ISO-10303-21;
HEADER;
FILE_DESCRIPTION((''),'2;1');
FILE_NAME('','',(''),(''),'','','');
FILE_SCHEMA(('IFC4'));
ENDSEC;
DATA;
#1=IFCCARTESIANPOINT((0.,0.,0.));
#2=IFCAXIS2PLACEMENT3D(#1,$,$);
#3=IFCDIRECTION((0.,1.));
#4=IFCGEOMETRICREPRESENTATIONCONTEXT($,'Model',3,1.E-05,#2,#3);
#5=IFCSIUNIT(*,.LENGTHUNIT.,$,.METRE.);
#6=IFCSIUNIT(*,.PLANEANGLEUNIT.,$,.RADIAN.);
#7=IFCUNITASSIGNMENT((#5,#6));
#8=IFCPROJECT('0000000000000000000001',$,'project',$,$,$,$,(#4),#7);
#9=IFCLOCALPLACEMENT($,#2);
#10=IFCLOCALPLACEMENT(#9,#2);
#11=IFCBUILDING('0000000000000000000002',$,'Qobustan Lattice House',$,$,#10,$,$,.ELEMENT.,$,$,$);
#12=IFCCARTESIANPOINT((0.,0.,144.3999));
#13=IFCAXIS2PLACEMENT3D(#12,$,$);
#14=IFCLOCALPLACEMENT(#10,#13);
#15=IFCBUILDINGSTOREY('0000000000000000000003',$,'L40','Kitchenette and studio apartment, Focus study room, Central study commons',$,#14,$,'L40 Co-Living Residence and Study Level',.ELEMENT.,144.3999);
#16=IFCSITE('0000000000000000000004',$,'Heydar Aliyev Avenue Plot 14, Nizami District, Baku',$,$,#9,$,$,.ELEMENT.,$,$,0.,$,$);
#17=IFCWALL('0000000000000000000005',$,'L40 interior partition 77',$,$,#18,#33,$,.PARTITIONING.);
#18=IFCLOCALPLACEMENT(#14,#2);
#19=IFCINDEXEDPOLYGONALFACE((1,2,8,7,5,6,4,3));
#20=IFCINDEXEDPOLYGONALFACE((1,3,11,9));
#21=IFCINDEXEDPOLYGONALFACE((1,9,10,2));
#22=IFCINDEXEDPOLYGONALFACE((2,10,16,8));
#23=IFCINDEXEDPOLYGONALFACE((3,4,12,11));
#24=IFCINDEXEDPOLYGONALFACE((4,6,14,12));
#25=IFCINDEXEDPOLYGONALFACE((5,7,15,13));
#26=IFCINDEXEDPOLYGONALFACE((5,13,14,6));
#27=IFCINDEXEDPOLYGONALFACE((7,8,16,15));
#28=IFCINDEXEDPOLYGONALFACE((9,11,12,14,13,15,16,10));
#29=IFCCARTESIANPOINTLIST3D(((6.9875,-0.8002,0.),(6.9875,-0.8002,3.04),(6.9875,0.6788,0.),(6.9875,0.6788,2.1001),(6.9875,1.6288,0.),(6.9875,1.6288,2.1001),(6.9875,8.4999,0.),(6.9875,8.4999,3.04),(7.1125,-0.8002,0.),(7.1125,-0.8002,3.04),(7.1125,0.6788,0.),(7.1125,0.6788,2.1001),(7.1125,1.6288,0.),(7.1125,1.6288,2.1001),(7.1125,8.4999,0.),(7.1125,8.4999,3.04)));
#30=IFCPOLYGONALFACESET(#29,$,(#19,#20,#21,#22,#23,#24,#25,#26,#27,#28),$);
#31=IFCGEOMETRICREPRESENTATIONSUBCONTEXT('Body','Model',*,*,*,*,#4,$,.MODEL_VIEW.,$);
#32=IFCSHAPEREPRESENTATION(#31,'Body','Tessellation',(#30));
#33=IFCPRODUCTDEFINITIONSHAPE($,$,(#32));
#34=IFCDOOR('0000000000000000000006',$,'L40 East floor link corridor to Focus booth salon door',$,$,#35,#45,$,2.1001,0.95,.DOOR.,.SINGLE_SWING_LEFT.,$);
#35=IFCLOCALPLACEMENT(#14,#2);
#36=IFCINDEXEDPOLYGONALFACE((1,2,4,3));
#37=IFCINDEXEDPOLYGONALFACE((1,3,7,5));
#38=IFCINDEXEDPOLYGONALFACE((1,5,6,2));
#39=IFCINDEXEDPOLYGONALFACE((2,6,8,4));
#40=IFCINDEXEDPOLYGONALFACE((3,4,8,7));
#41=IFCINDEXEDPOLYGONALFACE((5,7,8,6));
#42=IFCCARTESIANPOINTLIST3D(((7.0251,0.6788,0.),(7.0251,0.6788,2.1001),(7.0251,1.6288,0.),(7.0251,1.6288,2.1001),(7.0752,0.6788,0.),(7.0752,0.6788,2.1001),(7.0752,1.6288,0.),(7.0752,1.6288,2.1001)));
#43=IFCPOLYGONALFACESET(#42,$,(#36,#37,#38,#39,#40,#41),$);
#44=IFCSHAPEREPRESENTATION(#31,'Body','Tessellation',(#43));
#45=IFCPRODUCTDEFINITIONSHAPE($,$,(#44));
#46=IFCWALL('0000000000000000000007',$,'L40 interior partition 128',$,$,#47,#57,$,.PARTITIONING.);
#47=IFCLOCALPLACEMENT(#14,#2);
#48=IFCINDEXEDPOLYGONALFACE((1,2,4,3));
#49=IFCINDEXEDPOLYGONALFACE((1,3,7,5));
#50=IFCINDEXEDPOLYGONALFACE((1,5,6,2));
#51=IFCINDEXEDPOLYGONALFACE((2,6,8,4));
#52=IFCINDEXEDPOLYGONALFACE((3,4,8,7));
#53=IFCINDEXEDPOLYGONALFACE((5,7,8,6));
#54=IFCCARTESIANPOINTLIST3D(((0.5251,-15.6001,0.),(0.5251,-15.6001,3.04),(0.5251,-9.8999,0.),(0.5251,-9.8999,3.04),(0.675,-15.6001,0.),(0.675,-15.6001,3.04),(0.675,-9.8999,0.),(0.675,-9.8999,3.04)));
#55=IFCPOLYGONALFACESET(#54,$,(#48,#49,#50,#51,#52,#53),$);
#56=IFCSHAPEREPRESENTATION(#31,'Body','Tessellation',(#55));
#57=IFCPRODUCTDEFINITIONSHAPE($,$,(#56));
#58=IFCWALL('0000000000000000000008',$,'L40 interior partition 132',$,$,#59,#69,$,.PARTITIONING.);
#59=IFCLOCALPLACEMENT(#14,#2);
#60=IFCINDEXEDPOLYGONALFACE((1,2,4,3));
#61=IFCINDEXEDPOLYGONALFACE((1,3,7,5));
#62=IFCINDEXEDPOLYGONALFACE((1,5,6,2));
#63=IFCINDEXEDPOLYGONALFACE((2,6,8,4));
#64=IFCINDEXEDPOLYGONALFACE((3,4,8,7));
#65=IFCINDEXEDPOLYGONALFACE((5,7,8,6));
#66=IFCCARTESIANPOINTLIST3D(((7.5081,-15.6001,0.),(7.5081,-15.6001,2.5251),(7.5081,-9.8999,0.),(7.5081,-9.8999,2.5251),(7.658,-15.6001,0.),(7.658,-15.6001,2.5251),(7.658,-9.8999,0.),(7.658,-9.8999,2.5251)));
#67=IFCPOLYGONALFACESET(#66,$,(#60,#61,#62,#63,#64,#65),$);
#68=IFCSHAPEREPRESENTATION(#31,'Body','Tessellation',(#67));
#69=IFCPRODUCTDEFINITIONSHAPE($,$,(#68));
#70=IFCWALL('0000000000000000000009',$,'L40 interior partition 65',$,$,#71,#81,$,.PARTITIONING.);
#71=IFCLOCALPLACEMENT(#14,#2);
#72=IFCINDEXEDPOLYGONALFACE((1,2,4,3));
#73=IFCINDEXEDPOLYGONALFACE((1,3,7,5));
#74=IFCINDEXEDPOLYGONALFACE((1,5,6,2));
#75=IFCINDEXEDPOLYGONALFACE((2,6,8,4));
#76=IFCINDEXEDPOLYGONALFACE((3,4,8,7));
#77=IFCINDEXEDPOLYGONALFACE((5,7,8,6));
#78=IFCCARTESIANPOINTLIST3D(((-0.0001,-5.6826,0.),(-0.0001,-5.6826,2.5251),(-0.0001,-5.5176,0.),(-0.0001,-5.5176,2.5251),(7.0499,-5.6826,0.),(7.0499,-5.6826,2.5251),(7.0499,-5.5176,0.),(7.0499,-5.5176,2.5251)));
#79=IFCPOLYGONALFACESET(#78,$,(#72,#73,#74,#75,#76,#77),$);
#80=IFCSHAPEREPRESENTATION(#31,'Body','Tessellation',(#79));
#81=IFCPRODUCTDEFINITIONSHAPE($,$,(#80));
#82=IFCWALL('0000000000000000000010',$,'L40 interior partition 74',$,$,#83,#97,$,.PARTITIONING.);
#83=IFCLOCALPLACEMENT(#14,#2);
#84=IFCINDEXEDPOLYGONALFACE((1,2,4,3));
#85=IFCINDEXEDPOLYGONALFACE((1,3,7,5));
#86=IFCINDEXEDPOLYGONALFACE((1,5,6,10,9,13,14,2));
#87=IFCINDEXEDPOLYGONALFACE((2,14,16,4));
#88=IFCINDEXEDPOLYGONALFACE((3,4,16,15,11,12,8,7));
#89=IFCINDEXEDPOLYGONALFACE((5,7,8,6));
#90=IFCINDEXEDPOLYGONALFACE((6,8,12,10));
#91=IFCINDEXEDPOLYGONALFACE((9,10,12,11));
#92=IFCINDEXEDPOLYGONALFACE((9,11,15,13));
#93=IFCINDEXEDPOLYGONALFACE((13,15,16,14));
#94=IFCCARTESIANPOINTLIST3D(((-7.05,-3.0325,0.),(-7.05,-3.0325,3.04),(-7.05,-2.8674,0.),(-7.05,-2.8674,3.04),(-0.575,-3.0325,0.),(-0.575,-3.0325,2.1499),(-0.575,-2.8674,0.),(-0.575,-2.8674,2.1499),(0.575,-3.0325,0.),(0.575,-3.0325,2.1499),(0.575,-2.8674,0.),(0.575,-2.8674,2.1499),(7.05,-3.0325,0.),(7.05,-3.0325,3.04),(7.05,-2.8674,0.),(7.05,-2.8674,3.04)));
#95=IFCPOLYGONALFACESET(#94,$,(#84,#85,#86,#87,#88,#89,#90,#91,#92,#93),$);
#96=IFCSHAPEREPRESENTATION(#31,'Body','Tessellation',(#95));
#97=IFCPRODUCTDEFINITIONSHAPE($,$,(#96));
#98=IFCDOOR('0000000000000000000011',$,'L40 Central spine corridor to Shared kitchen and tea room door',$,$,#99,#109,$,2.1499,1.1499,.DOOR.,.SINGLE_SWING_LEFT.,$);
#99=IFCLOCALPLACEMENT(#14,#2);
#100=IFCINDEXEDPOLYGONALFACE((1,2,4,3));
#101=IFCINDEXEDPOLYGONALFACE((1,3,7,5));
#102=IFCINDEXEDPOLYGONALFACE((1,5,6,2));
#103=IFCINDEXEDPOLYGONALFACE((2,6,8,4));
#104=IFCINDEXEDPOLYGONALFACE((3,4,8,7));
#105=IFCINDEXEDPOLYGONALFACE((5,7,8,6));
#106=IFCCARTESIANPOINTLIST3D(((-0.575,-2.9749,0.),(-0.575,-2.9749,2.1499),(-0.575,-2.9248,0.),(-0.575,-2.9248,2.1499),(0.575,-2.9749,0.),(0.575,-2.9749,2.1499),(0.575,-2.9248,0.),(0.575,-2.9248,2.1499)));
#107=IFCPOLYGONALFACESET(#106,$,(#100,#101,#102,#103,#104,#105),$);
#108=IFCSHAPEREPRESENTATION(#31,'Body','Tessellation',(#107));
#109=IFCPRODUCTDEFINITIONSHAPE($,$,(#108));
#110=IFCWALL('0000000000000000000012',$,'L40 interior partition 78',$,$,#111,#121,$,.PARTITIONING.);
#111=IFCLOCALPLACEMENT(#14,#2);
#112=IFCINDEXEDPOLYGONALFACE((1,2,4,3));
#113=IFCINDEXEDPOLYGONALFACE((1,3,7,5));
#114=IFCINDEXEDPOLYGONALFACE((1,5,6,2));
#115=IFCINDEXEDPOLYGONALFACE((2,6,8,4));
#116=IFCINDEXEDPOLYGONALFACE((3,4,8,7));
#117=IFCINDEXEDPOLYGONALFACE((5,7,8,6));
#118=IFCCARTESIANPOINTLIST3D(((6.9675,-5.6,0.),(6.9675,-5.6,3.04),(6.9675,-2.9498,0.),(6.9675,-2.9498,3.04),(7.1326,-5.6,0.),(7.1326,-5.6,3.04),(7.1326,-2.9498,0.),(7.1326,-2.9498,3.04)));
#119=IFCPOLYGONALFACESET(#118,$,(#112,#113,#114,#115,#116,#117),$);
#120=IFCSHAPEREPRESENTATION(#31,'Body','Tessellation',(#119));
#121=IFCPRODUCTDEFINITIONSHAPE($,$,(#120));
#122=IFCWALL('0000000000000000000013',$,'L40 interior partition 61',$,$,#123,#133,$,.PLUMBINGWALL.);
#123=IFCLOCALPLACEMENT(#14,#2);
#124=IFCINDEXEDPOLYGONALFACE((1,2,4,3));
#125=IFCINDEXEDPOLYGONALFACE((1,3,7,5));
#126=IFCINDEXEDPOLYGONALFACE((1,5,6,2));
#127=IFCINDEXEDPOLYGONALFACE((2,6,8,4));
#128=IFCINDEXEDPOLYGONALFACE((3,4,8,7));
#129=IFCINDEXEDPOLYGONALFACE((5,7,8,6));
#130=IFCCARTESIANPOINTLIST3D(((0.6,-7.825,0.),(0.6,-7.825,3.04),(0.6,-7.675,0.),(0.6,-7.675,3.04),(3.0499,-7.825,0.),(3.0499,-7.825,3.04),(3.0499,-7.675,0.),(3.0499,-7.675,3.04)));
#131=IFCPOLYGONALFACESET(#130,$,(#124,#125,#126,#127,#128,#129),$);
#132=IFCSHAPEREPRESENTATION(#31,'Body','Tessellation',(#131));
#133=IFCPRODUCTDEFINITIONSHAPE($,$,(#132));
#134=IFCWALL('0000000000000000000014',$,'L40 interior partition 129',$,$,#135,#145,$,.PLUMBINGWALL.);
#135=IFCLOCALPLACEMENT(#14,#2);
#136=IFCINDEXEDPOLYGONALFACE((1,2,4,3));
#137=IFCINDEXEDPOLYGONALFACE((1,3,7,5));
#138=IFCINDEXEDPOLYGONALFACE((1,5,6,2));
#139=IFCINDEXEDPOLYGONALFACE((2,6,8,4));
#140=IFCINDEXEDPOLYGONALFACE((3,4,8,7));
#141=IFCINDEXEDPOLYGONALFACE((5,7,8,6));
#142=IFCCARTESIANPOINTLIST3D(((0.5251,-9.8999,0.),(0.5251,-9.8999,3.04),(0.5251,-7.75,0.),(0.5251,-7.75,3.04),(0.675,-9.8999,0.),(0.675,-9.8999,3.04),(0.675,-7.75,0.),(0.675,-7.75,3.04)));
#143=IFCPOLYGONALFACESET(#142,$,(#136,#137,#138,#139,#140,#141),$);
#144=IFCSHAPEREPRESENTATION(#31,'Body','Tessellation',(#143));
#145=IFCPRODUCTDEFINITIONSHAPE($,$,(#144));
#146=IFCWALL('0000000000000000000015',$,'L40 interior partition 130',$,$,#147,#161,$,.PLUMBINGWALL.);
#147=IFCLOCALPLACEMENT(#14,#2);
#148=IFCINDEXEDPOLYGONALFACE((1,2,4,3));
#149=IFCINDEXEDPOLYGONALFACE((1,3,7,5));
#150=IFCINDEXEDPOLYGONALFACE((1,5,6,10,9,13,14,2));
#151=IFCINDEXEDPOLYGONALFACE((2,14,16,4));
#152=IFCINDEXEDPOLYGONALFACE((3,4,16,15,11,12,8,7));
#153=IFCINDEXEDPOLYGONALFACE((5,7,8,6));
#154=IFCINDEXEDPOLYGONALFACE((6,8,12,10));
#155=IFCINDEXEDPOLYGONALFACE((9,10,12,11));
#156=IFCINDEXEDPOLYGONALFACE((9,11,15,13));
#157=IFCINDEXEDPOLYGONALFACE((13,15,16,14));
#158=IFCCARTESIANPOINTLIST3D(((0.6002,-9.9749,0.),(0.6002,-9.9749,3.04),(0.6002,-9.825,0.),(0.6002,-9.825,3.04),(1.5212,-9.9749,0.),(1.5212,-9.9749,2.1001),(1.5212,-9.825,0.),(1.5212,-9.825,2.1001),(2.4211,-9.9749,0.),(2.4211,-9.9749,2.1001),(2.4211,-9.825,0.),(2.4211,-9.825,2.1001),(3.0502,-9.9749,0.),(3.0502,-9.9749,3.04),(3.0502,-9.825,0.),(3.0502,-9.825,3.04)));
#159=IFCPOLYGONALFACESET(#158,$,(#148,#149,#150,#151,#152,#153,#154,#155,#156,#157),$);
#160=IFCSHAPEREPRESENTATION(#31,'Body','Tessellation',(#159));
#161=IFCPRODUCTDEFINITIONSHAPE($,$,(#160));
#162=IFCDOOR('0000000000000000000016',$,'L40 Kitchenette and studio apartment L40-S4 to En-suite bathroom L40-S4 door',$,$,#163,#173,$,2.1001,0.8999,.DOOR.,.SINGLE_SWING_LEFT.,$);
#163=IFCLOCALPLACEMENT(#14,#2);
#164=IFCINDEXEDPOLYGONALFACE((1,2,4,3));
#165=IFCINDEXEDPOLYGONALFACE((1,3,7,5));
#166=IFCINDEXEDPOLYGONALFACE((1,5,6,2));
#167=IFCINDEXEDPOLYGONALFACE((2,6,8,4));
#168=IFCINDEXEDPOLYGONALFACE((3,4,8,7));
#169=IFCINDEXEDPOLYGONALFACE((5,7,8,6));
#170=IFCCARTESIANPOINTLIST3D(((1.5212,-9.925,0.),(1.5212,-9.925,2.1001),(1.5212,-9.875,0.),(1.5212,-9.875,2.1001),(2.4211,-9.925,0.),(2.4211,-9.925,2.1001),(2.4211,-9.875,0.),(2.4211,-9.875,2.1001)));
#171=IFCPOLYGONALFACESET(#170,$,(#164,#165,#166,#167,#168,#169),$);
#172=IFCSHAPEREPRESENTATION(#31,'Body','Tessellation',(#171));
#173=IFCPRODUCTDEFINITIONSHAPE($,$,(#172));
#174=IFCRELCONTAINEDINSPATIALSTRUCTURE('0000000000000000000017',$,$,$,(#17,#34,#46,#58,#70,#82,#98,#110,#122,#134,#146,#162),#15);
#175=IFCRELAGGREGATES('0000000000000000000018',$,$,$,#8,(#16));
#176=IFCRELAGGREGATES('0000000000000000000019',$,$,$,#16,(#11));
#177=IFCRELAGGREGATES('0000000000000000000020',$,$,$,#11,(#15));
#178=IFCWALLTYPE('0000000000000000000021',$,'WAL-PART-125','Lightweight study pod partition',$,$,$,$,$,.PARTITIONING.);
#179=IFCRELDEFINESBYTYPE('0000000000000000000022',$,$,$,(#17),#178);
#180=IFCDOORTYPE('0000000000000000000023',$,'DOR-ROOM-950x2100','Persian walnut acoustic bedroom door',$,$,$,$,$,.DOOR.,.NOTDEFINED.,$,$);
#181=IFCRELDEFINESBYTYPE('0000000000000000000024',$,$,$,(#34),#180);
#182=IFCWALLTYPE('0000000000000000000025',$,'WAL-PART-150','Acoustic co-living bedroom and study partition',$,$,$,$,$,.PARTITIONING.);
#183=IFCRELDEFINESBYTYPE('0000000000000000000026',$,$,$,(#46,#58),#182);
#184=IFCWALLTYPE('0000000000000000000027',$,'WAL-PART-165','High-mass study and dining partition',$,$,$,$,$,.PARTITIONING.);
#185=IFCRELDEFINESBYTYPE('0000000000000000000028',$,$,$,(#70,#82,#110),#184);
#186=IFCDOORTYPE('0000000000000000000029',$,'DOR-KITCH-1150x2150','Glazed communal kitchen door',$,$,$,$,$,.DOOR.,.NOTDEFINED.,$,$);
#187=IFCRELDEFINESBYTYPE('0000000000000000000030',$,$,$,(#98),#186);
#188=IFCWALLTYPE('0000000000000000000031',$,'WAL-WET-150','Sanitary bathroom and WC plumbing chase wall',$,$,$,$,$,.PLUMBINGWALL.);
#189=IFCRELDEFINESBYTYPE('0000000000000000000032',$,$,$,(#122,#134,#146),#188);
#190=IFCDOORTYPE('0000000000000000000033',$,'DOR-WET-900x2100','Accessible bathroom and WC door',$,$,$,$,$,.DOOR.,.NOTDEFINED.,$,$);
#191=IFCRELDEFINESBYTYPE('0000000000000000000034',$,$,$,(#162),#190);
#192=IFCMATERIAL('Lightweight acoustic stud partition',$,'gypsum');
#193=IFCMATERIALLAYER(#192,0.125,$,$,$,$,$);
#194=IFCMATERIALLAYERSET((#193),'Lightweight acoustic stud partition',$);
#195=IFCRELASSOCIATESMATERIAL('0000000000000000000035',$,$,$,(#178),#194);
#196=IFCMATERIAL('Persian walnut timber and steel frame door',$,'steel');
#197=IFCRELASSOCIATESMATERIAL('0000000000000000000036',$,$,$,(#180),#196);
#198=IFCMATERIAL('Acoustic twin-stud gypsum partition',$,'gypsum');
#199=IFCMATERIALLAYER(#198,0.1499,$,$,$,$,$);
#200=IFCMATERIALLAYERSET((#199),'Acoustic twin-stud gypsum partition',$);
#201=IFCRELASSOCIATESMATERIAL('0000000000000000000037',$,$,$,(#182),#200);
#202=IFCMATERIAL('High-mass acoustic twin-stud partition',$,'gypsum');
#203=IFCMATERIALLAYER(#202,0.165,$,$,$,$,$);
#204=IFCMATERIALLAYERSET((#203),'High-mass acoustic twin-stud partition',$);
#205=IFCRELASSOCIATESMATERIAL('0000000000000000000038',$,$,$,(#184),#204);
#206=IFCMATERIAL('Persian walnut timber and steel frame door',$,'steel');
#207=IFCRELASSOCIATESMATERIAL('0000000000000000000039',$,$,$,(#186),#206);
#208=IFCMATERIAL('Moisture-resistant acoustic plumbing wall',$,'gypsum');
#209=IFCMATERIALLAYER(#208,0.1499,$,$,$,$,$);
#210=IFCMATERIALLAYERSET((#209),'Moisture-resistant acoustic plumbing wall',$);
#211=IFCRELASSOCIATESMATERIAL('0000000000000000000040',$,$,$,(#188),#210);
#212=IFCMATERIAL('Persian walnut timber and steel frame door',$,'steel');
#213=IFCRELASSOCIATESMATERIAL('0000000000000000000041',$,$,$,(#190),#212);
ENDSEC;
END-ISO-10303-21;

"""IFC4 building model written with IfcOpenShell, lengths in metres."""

from ifc_helpers import new_model, si_unit, direction, frame, frame_2d, origin, place, context, subcontext, project, spatial, rectangle, extrude, material, layer, layer_set, type_object, element, fill, save


model = new_model("IFC4")

# Units and contexts
model_context = context("Model", 3, precision=1e-05, world=origin(), true_north=direction((0.0, 1.0)))
body_context = subcontext(model_context, "Body", "Model", "MODEL_VIEW")
ifc_project = project(units=[si_unit("LENGTHUNIT", "METRE"), si_unit("PLANEANGLEUNIT", "RADIAN")], contexts=[model_context])

# Site, building, storey
site_placement = place(None, origin())
site = spatial("IfcSite", under=ifc_project, at=site_placement, Name="Heydar Aliyev Avenue Plot 14, Nizami District, Baku", CompositionType="ELEMENT", RefElevation=0.0)
building_placement = place(site_placement, origin())
building = spatial("IfcBuilding", under=site, at=building_placement, Name="Qobustan Lattice House", CompositionType="ELEMENT")
storey_placement = place(building_placement, frame((0.0, 0.0, 144.3999)))
storey = spatial("IfcBuildingStorey", under=building, at=storey_placement, Name="L40", Description="Kitchenette and studio apartment, Focus study room, Central study commons", LongName="L40 Co-Living Residence and Study Level", CompositionType="ELEMENT", Elevation=144.3999)

# Shared definitions
ifc_material_1 = material(Name="Lightweight acoustic stud partition", Category="gypsum")
ifc_layer_1 = layer(ifc_material_1, 0.125)
ifc_layer_set_1 = layer_set([ifc_layer_1], Name="Lightweight acoustic stud partition")
wall_type_1 = type_object("IfcWallType", Name="WAL-PART-125", Description="Lightweight study pod partition", PredefinedType="PARTITIONING", material=ifc_layer_set_1)

# Wall, opening, door
wall_1_placement = place(storey_placement, frame((7.05, -0.8, 0.0), z_axis=(0.0, 0.0, 1.0), x_axis=(0.0, 1.0, 0.0)))
wall_1 = element("IfcWall", 1, at=wall_1_placement, inside=storey, type_object=wall_type_1, Name="L40 interior partition 77", PredefinedType="PARTITIONING", context=body_context, shape_type="SweptSolid", body=[
    extrude(rectangle(XDim=9.3, YDim=0.125, at=frame_2d((4.6499, 0.0))), origin(), (0.0, 0.0, 1.0), 3.04),
])
opening_1_placement = place(wall_1_placement, frame((1.4788, 0.0, 0.0)))
opening_1 = element("IfcOpeningElement", 2, at=opening_1_placement, cuts=wall_1, PredefinedType="OPENING", context=body_context, shape_type="SweptSolid", body=[
    extrude(rectangle(XDim=0.95, YDim=2.1001, at=frame_2d((0.4751, 1.05))), frame((0.0, 0.0725, 0.0), z_axis=(0.0, -1.0, 0.0), x_axis=(1.0, 0.0, 0.0)), (0.0, 0.0, 1.0), 0.145),
])
ifc_material_2 = material(Name="Persian walnut timber and steel frame door", Category="steel")
door_type_1 = type_object("IfcDoorType", Name="DOR-ROOM-950x2100", Description="Persian walnut acoustic bedroom door", OperationType="NOTDEFINED", PredefinedType="DOOR", material=ifc_material_2)
door_1_placement = place(opening_1_placement, origin())
door_1 = element("IfcDoor", 3, at=door_1_placement, inside=storey, type_object=door_type_1, Name="L40 East floor link corridor to Focus booth salon door", OperationType="SINGLE_SWING_LEFT", OverallHeight=2.1001, OverallWidth=0.95, PredefinedType="DOOR", context=body_context, shape_type="SweptSolid", body=[
    extrude(rectangle(XDim=0.95, YDim=2.1001, at=frame_2d((0.4751, 1.05))), frame((0.0, 0.0249, 0.0), z_axis=(0.0, -1.0, 0.0), x_axis=(1.0, 0.0, 0.0)), (0.0, 0.0, 1.0), 0.05),
])
fill(opening_1, door_1)

# Walls
ifc_material_3 = material(Name="Acoustic twin-stud gypsum partition", Category="gypsum")
ifc_layer_2 = layer(ifc_material_3, 0.1499)
ifc_layer_set_2 = layer_set([ifc_layer_2], Name="Acoustic twin-stud gypsum partition")
wall_type_2 = type_object("IfcWallType", Name="WAL-PART-150", Description="Acoustic co-living bedroom and study partition", PredefinedType="PARTITIONING", material=ifc_layer_set_2)
wall_2_placement = place(storey_placement, frame((0.6001, -9.8999, 0.0), z_axis=(0.0, 0.0, 1.0), x_axis=(0.0, -1.0, 0.0)))
element("IfcWall", 4, at=wall_2_placement, inside=storey, type_object=wall_type_2, Name="L40 interior partition 128", PredefinedType="PARTITIONING", context=body_context, shape_type="SweptSolid", body=[
    extrude(rectangle(XDim=5.7002, YDim=0.1499, at=frame_2d((2.8501, 0.0))), origin(), (0.0, 0.0, 1.0), 3.04),
])
wall_3_placement = place(storey_placement, frame((7.583, -9.8999, 0.0), z_axis=(0.0, 0.0, 1.0), x_axis=(0.0, -1.0, 0.0)))
element("IfcWall", 5, at=wall_3_placement, inside=storey, type_object=wall_type_2, Name="L40 interior partition 132", PredefinedType="PARTITIONING", context=body_context, shape_type="SweptSolid", body=[
    extrude(rectangle(XDim=5.7002, YDim=0.1499, at=frame_2d((2.8501, 0.0))), origin(), (0.0, 0.0, 1.0), 2.5251),
])
ifc_material_4 = material(Name="High-mass acoustic twin-stud partition", Category="gypsum")
ifc_layer_3 = layer(ifc_material_4, 0.165)
ifc_layer_set_3 = layer_set([ifc_layer_3], Name="High-mass acoustic twin-stud partition")
wall_type_3 = type_object("IfcWallType", Name="WAL-PART-165", Description="High-mass study and dining partition", PredefinedType="PARTITIONING", material=ifc_layer_set_3)
wall_4_placement = place(storey_placement, frame((0.0, -5.6001, 0.0), z_axis=(0.0, 0.0, 1.0), x_axis=(1.0, 0.0, 0.0)))
element("IfcWall", 6, at=wall_4_placement, inside=storey, type_object=wall_type_3, Name="L40 interior partition 65", PredefinedType="PARTITIONING", context=body_context, shape_type="SweptSolid", body=[
    extrude(rectangle(XDim=7.05, YDim=0.165, at=frame_2d((3.5249, 0.0))), origin(), (0.0, 0.0, 1.0), 2.5251),
])

# Wall, opening, door
wall_5_placement = place(storey_placement, frame((7.05, -2.95, 0.0), z_axis=(0.0, 0.0, 1.0), x_axis=(-1.0, 0.0, 0.0)))
wall_5 = element("IfcWall", 7, at=wall_5_placement, inside=storey, type_object=wall_type_3, Name="L40 interior partition 74", PredefinedType="PARTITIONING", context=body_context, shape_type="SweptSolid", body=[
    extrude(rectangle(XDim=14.1001, YDim=0.165, at=frame_2d((7.05, 0.0))), origin(), (0.0, 0.0, 1.0), 3.04),
])
opening_2_placement = place(wall_5_placement, frame((6.4751, 0.0, 0.0)))
opening_2 = element("IfcOpeningElement", 8, at=opening_2_placement, cuts=wall_5, PredefinedType="OPENING", context=body_context, shape_type="SweptSolid", body=[
    extrude(rectangle(XDim=1.1499, YDim=2.1499, at=frame_2d((0.575, 1.075))), frame((0.0, 0.0925, 0.0), z_axis=(0.0, -1.0, 0.0), x_axis=(1.0, 0.0, 0.0)), (0.0, 0.0, 1.0), 0.1851),
])
ifc_material_5 = material(Name="Persian walnut timber and steel frame door", Category="steel")
door_type_2 = type_object("IfcDoorType", Name="DOR-KITCH-1150x2150", Description="Glazed communal kitchen door", OperationType="NOTDEFINED", PredefinedType="DOOR", material=ifc_material_5)
door_2_placement = place(opening_2_placement, origin())
door_2 = element("IfcDoor", 9, at=door_2_placement, inside=storey, type_object=door_type_2, Name="L40 Central spine corridor to Shared kitchen and tea room door", OperationType="SINGLE_SWING_LEFT", OverallHeight=2.1499, OverallWidth=1.1499, PredefinedType="DOOR", context=body_context, shape_type="SweptSolid", body=[
    extrude(rectangle(XDim=1.1499, YDim=2.1499, at=frame_2d((0.575, 1.075))), frame((0.0, 0.0249, 0.0), z_axis=(0.0, -1.0, 0.0), x_axis=(1.0, 0.0, 0.0)), (0.0, 0.0, 1.0), 0.05),
])
fill(opening_2, door_2)

# Walls
wall_6_placement = place(storey_placement, frame((7.05, -5.6001, 0.0), z_axis=(0.0, 0.0, 1.0), x_axis=(0.0, 1.0, 0.0)))
element("IfcWall", 10, at=wall_6_placement, inside=storey, type_object=wall_type_3, Name="L40 interior partition 78", PredefinedType="PARTITIONING", context=body_context, shape_type="SweptSolid", body=[
    extrude(rectangle(XDim=2.6501, YDim=0.165, at=frame_2d((1.3252, 0.0))), origin(), (0.0, 0.0, 1.0), 3.04),
])
ifc_material_6 = material(Name="Moisture-resistant acoustic plumbing wall", Category="gypsum")
ifc_layer_4 = layer(ifc_material_6, 0.1499)
ifc_layer_set_4 = layer_set([ifc_layer_4], Name="Moisture-resistant acoustic plumbing wall")
wall_type_4 = type_object("IfcWallType", Name="WAL-WET-150", Description="Sanitary bathroom and WC plumbing chase wall", PredefinedType="PLUMBINGWALL", material=ifc_layer_set_4)
wall_7_placement = place(storey_placement, frame((3.05, -7.75, 0.0), z_axis=(0.0, 0.0, 1.0), x_axis=(-1.0, 0.0, 0.0)))
element("IfcWall", 11, at=wall_7_placement, inside=storey, type_object=wall_type_4, Name="L40 interior partition 61", PredefinedType="PLUMBINGWALL", context=body_context, shape_type="SweptSolid", body=[
    extrude(rectangle(XDim=2.45, YDim=0.1499, at=frame_2d((1.2251, 0.0))), origin(), (0.0, 0.0, 1.0), 3.04),
])
wall_8_placement = place(storey_placement, frame((0.6001, -7.75, 0.0), z_axis=(0.0, 0.0, 1.0), x_axis=(0.0, -1.0, 0.0)))
element("IfcWall", 12, at=wall_8_placement, inside=storey, type_object=wall_type_4, Name="L40 interior partition 129", PredefinedType="PLUMBINGWALL", context=body_context, shape_type="SweptSolid", body=[
    extrude(rectangle(XDim=2.1499, YDim=0.1499, at=frame_2d((1.075, 0.0))), origin(), (0.0, 0.0, 1.0), 3.04),
])

# Wall, opening, door
wall_9_placement = place(storey_placement, frame((0.6001, -9.8999, 0.0), z_axis=(0.0, 0.0, 1.0), x_axis=(1.0, 0.0, 0.0)))
wall_9 = element("IfcWall", 13, at=wall_9_placement, inside=storey, type_object=wall_type_4, Name="L40 interior partition 130", PredefinedType="PLUMBINGWALL", context=body_context, shape_type="SweptSolid", body=[
    extrude(rectangle(XDim=2.45, YDim=0.1499, at=frame_2d((1.2251, 0.0))), origin(), (0.0, 0.0, 1.0), 3.04),
])
opening_3_placement = place(wall_9_placement, frame((0.9211, 0.0, 0.0)))
opening_3 = element("IfcOpeningElement", 14, at=opening_3_placement, cuts=wall_9, PredefinedType="OPENING", context=body_context, shape_type="SweptSolid", body=[
    extrude(rectangle(XDim=0.8999, YDim=2.1001, at=frame_2d((0.45, 1.05))), frame((0.0, 0.085, 0.0), z_axis=(0.0, -1.0, 0.0), x_axis=(1.0, 0.0, 0.0)), (0.0, 0.0, 1.0), 0.1699),
])
ifc_material_7 = material(Name="Persian walnut timber and steel frame door", Category="steel")
door_type_3 = type_object("IfcDoorType", Name="DOR-WET-900x2100", Description="Accessible bathroom and WC door", OperationType="NOTDEFINED", PredefinedType="DOOR", material=ifc_material_7)
door_3_placement = place(opening_3_placement, origin())
door_3 = element("IfcDoor", 15, at=door_3_placement, inside=storey, type_object=door_type_3, Name="L40 Kitchenette and studio apartment L40-S4 to En-suite bathroom L40-S4 door", OperationType="SINGLE_SWING_LEFT", OverallHeight=2.1001, OverallWidth=0.8999, PredefinedType="DOOR", context=body_context, shape_type="SweptSolid", body=[
    extrude(rectangle(XDim=0.8999, YDim=2.1001, at=frame_2d((0.45, 1.05))), frame((0.0, 0.0249, 0.0), z_axis=(0.0, -1.0, 0.0), x_axis=(1.0, 0.0, 0.0)), (0.0, 0.0, 1.0), 0.05),
])
fill(opening_3, door_3)

save(model, "model.ifc")
